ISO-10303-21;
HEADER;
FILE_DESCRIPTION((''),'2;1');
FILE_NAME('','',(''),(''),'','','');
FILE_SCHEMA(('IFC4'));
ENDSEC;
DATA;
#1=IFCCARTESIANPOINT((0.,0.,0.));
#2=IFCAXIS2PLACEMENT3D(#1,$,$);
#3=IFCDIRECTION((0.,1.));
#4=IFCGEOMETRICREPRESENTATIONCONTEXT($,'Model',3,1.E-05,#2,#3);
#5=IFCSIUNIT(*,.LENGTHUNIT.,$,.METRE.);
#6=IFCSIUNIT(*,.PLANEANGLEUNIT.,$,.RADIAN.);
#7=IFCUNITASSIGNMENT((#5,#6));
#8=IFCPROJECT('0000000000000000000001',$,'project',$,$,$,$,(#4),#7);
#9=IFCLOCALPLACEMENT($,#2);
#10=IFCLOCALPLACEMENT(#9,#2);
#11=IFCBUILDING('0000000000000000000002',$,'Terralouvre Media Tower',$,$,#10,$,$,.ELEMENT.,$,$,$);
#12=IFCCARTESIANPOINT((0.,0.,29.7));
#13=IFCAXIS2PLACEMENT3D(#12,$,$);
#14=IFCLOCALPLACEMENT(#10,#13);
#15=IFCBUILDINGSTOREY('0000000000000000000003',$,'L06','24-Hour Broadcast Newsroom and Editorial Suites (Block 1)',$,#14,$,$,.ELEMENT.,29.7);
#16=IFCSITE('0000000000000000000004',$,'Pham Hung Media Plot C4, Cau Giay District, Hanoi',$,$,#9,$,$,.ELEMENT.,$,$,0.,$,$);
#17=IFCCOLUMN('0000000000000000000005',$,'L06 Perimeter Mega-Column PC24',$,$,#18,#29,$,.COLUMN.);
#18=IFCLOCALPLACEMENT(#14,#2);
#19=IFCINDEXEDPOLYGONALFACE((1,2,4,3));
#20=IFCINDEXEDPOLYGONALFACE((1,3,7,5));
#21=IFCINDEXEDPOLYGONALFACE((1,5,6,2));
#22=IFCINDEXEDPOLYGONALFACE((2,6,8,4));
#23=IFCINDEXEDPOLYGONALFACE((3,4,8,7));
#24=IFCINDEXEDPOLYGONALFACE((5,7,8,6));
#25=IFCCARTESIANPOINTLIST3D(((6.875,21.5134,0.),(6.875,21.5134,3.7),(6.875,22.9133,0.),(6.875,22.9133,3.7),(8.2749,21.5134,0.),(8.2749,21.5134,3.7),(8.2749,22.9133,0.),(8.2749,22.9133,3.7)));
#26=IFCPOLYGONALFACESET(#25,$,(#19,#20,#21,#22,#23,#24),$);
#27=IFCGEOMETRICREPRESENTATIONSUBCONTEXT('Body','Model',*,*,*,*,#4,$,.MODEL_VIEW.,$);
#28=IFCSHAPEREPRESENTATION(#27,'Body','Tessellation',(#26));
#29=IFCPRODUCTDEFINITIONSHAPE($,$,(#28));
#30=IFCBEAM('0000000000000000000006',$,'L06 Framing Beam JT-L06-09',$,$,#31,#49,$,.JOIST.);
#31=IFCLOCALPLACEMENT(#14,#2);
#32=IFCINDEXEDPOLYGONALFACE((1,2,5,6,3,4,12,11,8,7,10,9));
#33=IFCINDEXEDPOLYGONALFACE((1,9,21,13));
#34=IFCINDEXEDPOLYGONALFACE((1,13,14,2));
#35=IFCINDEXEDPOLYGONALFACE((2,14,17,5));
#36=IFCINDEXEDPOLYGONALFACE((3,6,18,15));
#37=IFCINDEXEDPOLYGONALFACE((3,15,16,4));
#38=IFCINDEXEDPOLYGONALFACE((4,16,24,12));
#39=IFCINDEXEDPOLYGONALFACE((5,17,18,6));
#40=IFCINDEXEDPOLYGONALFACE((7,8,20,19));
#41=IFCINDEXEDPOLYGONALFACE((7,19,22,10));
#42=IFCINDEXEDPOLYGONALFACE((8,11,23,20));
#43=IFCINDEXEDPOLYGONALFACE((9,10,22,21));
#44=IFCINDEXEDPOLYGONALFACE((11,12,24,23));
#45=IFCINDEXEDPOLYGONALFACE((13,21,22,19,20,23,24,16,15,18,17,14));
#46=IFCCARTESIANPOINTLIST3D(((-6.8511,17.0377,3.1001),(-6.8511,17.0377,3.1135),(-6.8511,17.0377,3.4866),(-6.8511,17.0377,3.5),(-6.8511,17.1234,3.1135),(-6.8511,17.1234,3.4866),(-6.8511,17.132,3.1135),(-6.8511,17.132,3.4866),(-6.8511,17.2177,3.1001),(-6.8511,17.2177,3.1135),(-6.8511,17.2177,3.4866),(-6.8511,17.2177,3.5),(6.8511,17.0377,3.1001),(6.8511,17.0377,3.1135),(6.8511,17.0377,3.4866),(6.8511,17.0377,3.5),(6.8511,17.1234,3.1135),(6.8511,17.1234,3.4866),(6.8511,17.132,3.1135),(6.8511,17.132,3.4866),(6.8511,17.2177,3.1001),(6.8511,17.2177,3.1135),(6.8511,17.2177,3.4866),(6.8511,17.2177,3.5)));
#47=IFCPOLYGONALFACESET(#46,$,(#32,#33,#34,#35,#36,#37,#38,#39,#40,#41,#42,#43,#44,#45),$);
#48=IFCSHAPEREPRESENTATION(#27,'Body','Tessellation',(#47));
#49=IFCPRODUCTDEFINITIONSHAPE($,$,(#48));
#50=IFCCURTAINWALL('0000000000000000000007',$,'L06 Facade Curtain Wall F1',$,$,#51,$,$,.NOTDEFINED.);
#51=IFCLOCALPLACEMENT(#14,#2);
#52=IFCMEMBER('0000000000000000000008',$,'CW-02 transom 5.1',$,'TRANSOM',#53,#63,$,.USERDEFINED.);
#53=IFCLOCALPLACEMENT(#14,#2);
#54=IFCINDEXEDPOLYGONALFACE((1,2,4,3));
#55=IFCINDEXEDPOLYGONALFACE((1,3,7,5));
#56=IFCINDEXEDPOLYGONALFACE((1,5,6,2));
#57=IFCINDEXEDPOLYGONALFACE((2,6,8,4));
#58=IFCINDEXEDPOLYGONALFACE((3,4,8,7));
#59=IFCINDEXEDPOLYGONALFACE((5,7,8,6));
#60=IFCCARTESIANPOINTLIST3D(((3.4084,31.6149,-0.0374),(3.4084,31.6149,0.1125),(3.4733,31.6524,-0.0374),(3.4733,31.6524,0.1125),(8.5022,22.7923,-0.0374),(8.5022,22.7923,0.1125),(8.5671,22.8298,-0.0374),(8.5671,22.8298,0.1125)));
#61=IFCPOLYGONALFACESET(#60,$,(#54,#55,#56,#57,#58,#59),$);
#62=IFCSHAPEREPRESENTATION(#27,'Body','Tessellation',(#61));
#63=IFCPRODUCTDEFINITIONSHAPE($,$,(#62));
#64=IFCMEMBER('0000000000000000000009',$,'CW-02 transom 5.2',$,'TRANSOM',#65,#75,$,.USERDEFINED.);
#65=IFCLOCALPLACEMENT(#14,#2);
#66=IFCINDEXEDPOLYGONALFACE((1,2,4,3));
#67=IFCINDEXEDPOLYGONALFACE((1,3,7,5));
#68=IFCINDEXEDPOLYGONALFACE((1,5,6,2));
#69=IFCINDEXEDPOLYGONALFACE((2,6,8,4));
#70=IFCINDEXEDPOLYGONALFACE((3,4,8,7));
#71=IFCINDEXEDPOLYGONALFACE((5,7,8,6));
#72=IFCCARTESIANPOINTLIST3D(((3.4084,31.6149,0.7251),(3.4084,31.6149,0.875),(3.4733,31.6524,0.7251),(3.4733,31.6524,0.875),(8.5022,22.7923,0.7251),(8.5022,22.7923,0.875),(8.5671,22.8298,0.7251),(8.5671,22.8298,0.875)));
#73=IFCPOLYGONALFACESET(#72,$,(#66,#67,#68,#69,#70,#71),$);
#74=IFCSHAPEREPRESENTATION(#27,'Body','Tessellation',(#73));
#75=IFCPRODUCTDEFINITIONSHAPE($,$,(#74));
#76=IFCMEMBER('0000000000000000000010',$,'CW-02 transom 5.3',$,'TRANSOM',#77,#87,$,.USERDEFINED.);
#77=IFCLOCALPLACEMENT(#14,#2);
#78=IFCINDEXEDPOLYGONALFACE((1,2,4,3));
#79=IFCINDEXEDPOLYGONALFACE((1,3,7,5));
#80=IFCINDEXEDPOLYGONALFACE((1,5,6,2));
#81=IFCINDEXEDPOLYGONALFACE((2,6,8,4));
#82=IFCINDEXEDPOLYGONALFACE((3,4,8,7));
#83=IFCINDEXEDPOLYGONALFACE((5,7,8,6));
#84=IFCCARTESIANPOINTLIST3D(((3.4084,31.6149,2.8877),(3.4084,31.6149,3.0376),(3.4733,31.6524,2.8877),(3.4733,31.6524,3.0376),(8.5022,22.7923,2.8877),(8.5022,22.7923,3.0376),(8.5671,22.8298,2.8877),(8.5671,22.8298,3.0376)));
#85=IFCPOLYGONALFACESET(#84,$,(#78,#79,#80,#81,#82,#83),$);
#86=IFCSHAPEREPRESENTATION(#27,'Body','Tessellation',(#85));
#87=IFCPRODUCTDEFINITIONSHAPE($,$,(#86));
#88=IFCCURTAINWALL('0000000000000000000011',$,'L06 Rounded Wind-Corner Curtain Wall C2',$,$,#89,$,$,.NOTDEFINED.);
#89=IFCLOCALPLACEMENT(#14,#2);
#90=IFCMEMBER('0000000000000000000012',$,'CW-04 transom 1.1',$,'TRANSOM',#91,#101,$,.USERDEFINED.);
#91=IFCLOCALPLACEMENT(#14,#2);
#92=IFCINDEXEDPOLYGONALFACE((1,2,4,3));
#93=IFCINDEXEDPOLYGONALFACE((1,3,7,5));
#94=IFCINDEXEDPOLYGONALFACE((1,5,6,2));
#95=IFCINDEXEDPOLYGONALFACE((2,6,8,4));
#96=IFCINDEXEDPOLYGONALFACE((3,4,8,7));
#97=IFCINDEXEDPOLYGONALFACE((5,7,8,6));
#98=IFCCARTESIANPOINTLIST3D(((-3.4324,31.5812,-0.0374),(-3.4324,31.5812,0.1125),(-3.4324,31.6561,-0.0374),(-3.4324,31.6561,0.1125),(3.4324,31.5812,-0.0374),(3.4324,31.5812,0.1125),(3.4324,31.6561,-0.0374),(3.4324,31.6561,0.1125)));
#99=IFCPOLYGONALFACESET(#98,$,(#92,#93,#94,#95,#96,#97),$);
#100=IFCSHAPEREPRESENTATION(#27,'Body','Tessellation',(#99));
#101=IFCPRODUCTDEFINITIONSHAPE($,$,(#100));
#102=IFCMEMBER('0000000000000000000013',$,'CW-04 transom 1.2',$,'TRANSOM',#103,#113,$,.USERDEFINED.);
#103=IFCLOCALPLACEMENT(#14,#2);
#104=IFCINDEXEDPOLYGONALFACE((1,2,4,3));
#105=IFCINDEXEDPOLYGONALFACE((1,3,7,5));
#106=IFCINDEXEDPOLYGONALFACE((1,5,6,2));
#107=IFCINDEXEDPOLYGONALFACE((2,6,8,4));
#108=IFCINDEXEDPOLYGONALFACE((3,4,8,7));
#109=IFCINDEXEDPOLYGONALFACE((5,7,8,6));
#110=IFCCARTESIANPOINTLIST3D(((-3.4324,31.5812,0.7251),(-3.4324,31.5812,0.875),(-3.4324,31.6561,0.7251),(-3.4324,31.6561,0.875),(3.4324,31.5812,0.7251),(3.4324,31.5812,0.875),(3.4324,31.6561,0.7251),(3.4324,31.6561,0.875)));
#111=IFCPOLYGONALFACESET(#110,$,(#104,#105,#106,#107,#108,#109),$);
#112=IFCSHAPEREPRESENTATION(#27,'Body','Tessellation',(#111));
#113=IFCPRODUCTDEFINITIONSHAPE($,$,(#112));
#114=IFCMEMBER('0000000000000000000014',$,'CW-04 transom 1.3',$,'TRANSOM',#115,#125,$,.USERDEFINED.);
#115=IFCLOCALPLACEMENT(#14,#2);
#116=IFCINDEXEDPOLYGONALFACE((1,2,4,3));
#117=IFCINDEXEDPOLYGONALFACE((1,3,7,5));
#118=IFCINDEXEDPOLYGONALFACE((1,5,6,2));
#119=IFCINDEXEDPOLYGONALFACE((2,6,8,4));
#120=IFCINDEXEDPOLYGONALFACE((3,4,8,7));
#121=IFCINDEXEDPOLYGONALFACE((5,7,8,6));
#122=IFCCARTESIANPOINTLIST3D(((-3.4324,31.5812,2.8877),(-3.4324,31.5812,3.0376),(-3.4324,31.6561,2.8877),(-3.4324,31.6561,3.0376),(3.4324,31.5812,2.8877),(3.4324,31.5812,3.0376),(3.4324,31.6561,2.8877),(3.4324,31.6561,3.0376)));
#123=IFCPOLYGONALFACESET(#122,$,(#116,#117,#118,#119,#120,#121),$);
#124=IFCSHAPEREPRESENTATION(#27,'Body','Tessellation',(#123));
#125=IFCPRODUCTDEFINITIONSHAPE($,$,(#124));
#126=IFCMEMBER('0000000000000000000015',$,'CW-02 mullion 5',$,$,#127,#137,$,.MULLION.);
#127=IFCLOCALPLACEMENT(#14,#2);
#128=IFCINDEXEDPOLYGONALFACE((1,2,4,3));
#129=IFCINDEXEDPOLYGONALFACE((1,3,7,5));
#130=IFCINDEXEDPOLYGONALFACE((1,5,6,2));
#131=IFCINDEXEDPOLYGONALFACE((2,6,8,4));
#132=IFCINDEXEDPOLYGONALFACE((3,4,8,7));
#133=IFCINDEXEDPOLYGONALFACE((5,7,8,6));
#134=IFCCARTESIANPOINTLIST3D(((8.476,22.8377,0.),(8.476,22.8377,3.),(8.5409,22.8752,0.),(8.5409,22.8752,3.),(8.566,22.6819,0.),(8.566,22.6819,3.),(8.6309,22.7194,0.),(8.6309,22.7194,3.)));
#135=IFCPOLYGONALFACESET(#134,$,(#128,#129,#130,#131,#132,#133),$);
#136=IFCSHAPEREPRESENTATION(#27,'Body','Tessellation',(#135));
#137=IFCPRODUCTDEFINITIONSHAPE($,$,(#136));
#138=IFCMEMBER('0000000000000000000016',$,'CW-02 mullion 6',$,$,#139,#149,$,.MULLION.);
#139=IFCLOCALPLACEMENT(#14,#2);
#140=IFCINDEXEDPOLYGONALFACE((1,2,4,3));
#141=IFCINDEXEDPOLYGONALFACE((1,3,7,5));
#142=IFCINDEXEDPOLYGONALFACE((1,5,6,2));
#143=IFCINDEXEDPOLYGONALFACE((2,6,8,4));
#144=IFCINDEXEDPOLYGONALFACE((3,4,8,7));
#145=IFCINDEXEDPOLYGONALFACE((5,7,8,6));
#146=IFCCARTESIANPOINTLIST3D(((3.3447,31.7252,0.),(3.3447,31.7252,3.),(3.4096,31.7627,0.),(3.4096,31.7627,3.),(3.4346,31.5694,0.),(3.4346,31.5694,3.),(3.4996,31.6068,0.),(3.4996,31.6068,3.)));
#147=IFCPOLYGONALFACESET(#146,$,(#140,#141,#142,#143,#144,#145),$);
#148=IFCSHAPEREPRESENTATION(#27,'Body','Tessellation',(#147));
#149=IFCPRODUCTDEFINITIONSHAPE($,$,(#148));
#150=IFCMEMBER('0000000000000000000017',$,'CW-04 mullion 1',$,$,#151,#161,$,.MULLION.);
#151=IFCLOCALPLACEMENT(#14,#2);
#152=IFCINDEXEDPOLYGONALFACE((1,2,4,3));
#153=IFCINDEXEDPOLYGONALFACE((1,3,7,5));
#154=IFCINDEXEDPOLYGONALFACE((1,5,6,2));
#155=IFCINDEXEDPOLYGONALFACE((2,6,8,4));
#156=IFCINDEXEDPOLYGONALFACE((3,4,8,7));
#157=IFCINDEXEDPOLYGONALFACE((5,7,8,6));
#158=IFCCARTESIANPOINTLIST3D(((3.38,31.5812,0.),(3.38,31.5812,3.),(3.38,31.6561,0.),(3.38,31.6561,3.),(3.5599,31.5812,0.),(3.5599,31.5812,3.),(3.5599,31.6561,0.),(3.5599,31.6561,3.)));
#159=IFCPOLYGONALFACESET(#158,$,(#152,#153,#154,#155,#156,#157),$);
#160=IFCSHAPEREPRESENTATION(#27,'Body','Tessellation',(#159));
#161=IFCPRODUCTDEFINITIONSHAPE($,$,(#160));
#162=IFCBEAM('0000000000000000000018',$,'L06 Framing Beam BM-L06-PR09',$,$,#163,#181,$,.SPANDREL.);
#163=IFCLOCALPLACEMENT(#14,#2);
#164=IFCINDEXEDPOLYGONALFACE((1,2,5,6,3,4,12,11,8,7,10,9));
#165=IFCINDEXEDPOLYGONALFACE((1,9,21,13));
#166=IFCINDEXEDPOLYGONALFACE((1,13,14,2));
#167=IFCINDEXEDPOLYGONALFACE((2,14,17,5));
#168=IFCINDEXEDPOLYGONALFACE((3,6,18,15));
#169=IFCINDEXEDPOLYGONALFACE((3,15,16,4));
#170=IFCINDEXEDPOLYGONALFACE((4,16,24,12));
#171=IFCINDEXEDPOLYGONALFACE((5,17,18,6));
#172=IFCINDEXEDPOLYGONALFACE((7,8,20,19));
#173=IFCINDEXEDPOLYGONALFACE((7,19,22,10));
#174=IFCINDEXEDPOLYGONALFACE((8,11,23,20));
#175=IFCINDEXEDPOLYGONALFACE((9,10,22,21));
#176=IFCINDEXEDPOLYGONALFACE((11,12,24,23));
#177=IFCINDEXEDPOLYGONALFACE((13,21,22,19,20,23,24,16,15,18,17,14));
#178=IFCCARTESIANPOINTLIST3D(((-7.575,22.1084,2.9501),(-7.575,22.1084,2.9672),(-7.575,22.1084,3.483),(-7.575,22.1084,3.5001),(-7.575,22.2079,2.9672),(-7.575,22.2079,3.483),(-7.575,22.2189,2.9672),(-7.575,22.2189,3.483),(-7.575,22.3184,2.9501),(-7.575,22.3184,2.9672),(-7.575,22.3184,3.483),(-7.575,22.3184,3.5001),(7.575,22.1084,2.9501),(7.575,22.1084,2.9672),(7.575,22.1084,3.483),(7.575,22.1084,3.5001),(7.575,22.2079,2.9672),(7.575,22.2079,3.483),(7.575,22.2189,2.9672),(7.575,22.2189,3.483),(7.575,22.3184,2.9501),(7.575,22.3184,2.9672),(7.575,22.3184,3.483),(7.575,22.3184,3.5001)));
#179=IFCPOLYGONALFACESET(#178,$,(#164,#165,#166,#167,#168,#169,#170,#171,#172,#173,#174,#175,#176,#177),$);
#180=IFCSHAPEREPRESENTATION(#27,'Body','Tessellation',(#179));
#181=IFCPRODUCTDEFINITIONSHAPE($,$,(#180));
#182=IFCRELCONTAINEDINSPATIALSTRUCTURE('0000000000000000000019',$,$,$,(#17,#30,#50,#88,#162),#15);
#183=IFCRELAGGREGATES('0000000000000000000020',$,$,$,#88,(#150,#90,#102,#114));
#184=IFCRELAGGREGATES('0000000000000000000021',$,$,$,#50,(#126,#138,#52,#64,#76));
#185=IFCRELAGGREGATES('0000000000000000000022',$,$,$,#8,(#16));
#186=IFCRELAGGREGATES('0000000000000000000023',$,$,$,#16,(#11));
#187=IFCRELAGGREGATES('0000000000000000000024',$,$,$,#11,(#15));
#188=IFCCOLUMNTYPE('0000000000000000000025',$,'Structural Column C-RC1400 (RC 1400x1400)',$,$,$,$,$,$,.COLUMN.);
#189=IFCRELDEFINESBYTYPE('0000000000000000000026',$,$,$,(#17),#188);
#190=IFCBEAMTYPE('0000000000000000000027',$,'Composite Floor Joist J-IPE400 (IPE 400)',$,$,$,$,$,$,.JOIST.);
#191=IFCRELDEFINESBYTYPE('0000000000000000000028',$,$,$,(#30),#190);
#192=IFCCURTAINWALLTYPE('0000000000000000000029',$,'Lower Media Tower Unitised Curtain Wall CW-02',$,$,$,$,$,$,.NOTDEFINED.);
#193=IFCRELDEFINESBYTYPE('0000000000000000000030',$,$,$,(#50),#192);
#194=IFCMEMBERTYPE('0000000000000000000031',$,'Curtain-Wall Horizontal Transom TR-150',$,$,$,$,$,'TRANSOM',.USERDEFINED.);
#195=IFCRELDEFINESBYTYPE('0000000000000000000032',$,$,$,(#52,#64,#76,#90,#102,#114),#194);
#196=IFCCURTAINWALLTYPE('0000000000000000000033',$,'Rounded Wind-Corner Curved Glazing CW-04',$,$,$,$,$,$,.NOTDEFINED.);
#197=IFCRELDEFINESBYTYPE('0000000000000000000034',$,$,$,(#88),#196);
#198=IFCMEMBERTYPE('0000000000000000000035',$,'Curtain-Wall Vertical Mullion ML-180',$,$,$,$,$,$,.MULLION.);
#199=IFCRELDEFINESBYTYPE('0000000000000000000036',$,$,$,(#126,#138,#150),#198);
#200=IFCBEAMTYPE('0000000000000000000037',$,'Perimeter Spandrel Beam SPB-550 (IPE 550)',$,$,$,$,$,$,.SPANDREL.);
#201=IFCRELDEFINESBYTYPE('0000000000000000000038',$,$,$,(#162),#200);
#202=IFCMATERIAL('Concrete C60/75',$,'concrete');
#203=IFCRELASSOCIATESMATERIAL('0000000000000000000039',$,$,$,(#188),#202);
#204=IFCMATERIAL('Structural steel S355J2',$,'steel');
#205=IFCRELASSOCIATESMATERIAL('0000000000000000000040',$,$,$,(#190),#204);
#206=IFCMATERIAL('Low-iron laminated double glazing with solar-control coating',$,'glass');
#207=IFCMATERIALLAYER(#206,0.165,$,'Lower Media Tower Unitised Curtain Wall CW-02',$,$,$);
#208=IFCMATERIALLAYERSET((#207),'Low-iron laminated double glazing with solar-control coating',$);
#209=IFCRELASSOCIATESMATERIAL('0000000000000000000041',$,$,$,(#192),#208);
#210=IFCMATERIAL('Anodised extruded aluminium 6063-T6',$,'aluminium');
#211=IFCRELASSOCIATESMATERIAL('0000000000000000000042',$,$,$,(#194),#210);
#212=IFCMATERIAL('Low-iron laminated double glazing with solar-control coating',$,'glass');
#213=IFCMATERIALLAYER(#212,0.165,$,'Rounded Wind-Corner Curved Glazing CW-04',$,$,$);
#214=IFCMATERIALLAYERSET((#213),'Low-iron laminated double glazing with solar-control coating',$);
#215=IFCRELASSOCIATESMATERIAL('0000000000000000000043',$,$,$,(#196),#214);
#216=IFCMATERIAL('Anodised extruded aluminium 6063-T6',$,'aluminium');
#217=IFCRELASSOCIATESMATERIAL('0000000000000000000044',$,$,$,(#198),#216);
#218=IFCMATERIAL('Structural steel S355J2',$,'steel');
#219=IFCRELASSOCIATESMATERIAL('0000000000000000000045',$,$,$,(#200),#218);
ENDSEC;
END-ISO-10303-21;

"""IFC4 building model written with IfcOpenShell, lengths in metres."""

from ifc_helpers import new_model, si_unit, direction, frame, origin, origin_2d, place, context, subcontext, project, spatial, rectangle, i_section, extrude, material, layer, layer_set, material_profile, profile_set, type_object, element, aggregate, save


model = new_model("IFC4")

# Units and contexts
model_context = context("Model", 3, precision=1e-05, world=origin(), true_north=direction((0.0, 1.0)))
body_context = subcontext(model_context, "Body", "Model", "MODEL_VIEW")
ifc_project = project(units=[si_unit("LENGTHUNIT", "METRE"), si_unit("PLANEANGLEUNIT", "RADIAN")], contexts=[model_context])

# Site, building, storey
site_placement = place(None, origin())
site = spatial("IfcSite", under=ifc_project, at=site_placement, Name="Pham Hung Media Plot C4, Cau Giay District, Hanoi", CompositionType="ELEMENT", RefElevation=0.0)
building_placement = place(site_placement, origin())
building = spatial("IfcBuilding", under=site, at=building_placement, Name="Terralouvre Media Tower", CompositionType="ELEMENT")
storey_placement = place(building_placement, frame((0.0, 0.0, 29.7)))
storey = spatial("IfcBuildingStorey", under=building, at=storey_placement, Name="L06", Description="24-Hour Broadcast Newsroom and Editorial Suites (Block 1)", CompositionType="ELEMENT", Elevation=29.7)

# Column
ifc_material_1 = material(Name="Concrete C60/75", Category="concrete")
ifc_material_profile_1 = material_profile(ifc_material_1, rectangle(XDim=1.3999, YDim=1.3999, at=origin_2d()), Name="RC 1400x1400")
ifc_profile_set_1 = profile_set([ifc_material_profile_1], Name="Concrete C60/75")
column_type = type_object("IfcColumnType", Name="Structural Column C-RC1400 (RC 1400x1400)", PredefinedType="COLUMN", material=ifc_profile_set_1)
column_placement = place(storey_placement, frame((7.575, 22.2134, 0.0), z_axis=(0.0, 0.0, 1.0), x_axis=(1.0, 0.0, 0.0)))
element("IfcColumn", 1, at=column_placement, inside=storey, type_object=column_type, Name="L06 Perimeter Mega-Column PC24", PredefinedType="COLUMN", context=body_context, shape_type="SweptSolid", body=[
    extrude(rectangle(XDim=1.3999, YDim=1.3999, at=origin_2d()), origin(), (0.0, 0.0, 1.0), 3.7),
])

# Beam
ifc_material_2 = material(Name="Structural steel S355J2", Category="steel")
ifc_material_profile_2 = material_profile(ifc_material_2, i_section(OverallWidth=0.1799, OverallDepth=0.3999, WebThickness=0.0085, FlangeThickness=0.0134, at=origin_2d()), Name="IPE 400")
ifc_profile_set_2 = profile_set([ifc_material_profile_2], Name="Structural steel S355J2")
beam_type_1 = type_object("IfcBeamType", Name="Composite Floor Joist J-IPE400 (IPE 400)", PredefinedType="JOIST", material=ifc_profile_set_2)
beam_1_placement = place(storey_placement, frame((6.8511, 17.1277, 3.3), z_axis=(-1.0, 0.0, 0.0), x_axis=(0.0, -1.0, 0.0)))
element("IfcBeam", 2, at=beam_1_placement, inside=storey, type_object=beam_type_1, Name="L06 Framing Beam JT-L06-09", PredefinedType="JOIST", context=body_context, shape_type="SweptSolid", body=[
    extrude(i_section(OverallWidth=0.1799, OverallDepth=0.3999, WebThickness=0.0085, FlangeThickness=0.0134, at=origin_2d()), origin(), (0.0, 0.0, 1.0), 13.7021),
])

# Curtain walls, members
ifc_material_3 = material(Name="Low-iron laminated double glazing with solar-control coating", Category="glass")
ifc_layer_1 = layer(ifc_material_3, 0.165, Name="Lower Media Tower Unitised Curtain Wall CW-02")
ifc_layer_set_1 = layer_set([ifc_layer_1], Name="Low-iron laminated double glazing with solar-control coating")
curtain_wall_type_1 = type_object("IfcCurtainWallType", Name="Lower Media Tower Unitised Curtain Wall CW-02", PredefinedType="NOTDEFINED", material=ifc_layer_set_1)
curtain_wall_1_placement = place(storey_placement, origin())
curtain_wall_1 = element("IfcCurtainWall", 3, at=curtain_wall_1_placement, inside=storey, type_object=curtain_wall_type_1, Name="L06 Facade Curtain Wall F1", PredefinedType="NOTDEFINED")
ifc_material_4 = material(Name="Anodised extruded aluminium 6063-T6", Category="aluminium")
ifc_material_profile_3 = material_profile(ifc_material_4, rectangle(XDim=0.075, YDim=0.1499, at=origin_2d()), Name="ALU 75x150")
ifc_profile_set_3 = profile_set([ifc_material_profile_3], Name="Anodised extruded aluminium 6063-T6")
member_type_1 = type_object("IfcMemberType", Name="Curtain-Wall Horizontal Transom TR-150", ElementType="TRANSOM", PredefinedType="USERDEFINED", material=ifc_profile_set_3)
member_1_placement = place(storey_placement, frame((8.5347, 22.811, 0.0376), z_axis=(-0.500005, 0.866022, 0.0), x_axis=(-0.866022, -0.500005, 0.0)))
member_1 = element("IfcMember", 4, at=member_1_placement, type_object=member_type_1, Name="CW-02 transom 5.1", ObjectType="TRANSOM", PredefinedType="USERDEFINED", context=body_context, shape_type="SweptSolid", body=[
    extrude(rectangle(XDim=0.075, YDim=0.1499, at=origin_2d()), origin(), (0.0, 0.0, 1.0), 10.1875),
])
member_2_placement = place(storey_placement, frame((8.5347, 22.811, 0.8), z_axis=(-0.500005, 0.866022, 0.0), x_axis=(-0.866022, -0.500005, 0.0)))
member_2 = element("IfcMember", 5, at=member_2_placement, type_object=member_type_1, Name="CW-02 transom 5.2", ObjectType="TRANSOM", PredefinedType="USERDEFINED", context=body_context, shape_type="SweptSolid", body=[
    extrude(rectangle(XDim=0.075, YDim=0.1499, at=origin_2d()), origin(), (0.0, 0.0, 1.0), 10.1875),
])
member_3_placement = place(storey_placement, frame((8.5347, 22.811, 2.9626), z_axis=(-0.500005, 0.866022, 0.0), x_axis=(-0.866022, -0.500005, 0.0)))
member_3 = element("IfcMember", 6, at=member_3_placement, type_object=member_type_1, Name="CW-02 transom 5.3", ObjectType="TRANSOM", PredefinedType="USERDEFINED", context=body_context, shape_type="SweptSolid", body=[
    extrude(rectangle(XDim=0.075, YDim=0.1499, at=origin_2d()), origin(), (0.0, 0.0, 1.0), 10.1875),
])
ifc_material_5 = material(Name="Low-iron laminated double glazing with solar-control coating", Category="glass")
ifc_layer_2 = layer(ifc_material_5, 0.165, Name="Rounded Wind-Corner Curved Glazing CW-04")
ifc_layer_set_2 = layer_set([ifc_layer_2], Name="Low-iron laminated double glazing with solar-control coating")
curtain_wall_type_2 = type_object("IfcCurtainWallType", Name="Rounded Wind-Corner Curved Glazing CW-04", PredefinedType="NOTDEFINED", material=ifc_layer_set_2)
curtain_wall_2_placement = place(storey_placement, origin())
curtain_wall_2 = element("IfcCurtainWall", 7, at=curtain_wall_2_placement, inside=storey, type_object=curtain_wall_type_2, Name="L06 Rounded Wind-Corner Curtain Wall C2", PredefinedType="NOTDEFINED")
member_4_placement = place(storey_placement, frame((3.4324, 31.6187, 0.0376), z_axis=(-1.0, 0.0, 0.0), x_axis=(0.0, -1.0, 0.0)))
member_4 = element("IfcMember", 8, at=member_4_placement, type_object=member_type_1, Name="CW-04 transom 1.1", ObjectType="TRANSOM", PredefinedType="USERDEFINED", context=body_context, shape_type="SweptSolid", body=[
    extrude(rectangle(XDim=0.075, YDim=0.1499, at=origin_2d()), origin(), (0.0, 0.0, 1.0), 6.8647),
])
member_5_placement = place(storey_placement, frame((3.4324, 31.6187, 0.8), z_axis=(-1.0, 0.0, 0.0), x_axis=(0.0, -1.0, 0.0)))
member_5 = element("IfcMember", 9, at=member_5_placement, type_object=member_type_1, Name="CW-04 transom 1.2", ObjectType="TRANSOM", PredefinedType="USERDEFINED", context=body_context, shape_type="SweptSolid", body=[
    extrude(rectangle(XDim=0.075, YDim=0.1499, at=origin_2d()), origin(), (0.0, 0.0, 1.0), 6.8647),
])
member_6_placement = place(storey_placement, frame((3.4324, 31.6187, 2.9626), z_axis=(-1.0, 0.0, 0.0), x_axis=(0.0, -1.0, 0.0)))
member_6 = element("IfcMember", 10, at=member_6_placement, type_object=member_type_1, Name="CW-04 transom 1.3", ObjectType="TRANSOM", PredefinedType="USERDEFINED", context=body_context, shape_type="SweptSolid", body=[
    extrude(rectangle(XDim=0.075, YDim=0.1499, at=origin_2d()), origin(), (0.0, 0.0, 1.0), 6.8647),
])

# Members
ifc_material_6 = material(Name="Anodised extruded aluminium 6063-T6", Category="aluminium")
ifc_material_profile_4 = material_profile(ifc_material_6, rectangle(XDim=0.075, YDim=0.1799, at=origin_2d()), Name="ALU 75x180")
ifc_profile_set_4 = profile_set([ifc_material_profile_4], Name="Anodised extruded aluminium 6063-T6")
member_type_2 = type_object("IfcMemberType", Name="Curtain-Wall Vertical Mullion ML-180", PredefinedType="MULLION", material=ifc_profile_set_4)
member_7_placement = place(storey_placement, frame((8.5535, 22.7786, 0.0), z_axis=(0.0, 0.0, 1.0), x_axis=(-0.866025, -0.5, 0.0)))
member_7 = element("IfcMember", 11, at=member_7_placement, type_object=member_type_2, Name="CW-02 mullion 5", PredefinedType="MULLION", context=body_context, shape_type="SweptSolid", body=[
    extrude(rectangle(XDim=0.075, YDim=0.1799, at=origin_2d()), origin(), (0.0, 0.0, 1.0), 3.0),
])
member_8_placement = place(storey_placement, frame((3.4221, 31.666, 0.0), z_axis=(0.0, 0.0, 1.0), x_axis=(-0.866025, -0.5, 0.0)))
member_8 = element("IfcMember", 12, at=member_8_placement, type_object=member_type_2, Name="CW-02 mullion 6", PredefinedType="MULLION", context=body_context, shape_type="SweptSolid", body=[
    extrude(rectangle(XDim=0.075, YDim=0.1799, at=origin_2d()), origin(), (0.0, 0.0, 1.0), 3.0),
])
member_9_placement = place(storey_placement, frame((3.47, 31.6187, 0.0), z_axis=(0.0, 0.0, 1.0), x_axis=(0.0, -1.0, 0.0)))
member_9 = element("IfcMember", 13, at=member_9_placement, type_object=member_type_2, Name="CW-04 mullion 1", PredefinedType="MULLION", context=body_context, shape_type="SweptSolid", body=[
    extrude(rectangle(XDim=0.075, YDim=0.1799, at=origin_2d()), origin(), (0.0, 0.0, 1.0), 3.0),
])
aggregate(curtain_wall_2, [member_9, member_4, member_5, member_6])

# Beam
ifc_material_7 = material(Name="Structural steel S355J2", Category="steel")
ifc_material_profile_5 = material_profile(ifc_material_7, i_section(OverallWidth=0.21, OverallDepth=0.55, WebThickness=0.011, FlangeThickness=0.0171, at=origin_2d()), Name="IPE 550")
ifc_profile_set_5 = profile_set([ifc_material_profile_5], Name="Structural steel S355J2")
beam_type_2 = type_object("IfcBeamType", Name="Perimeter Spandrel Beam SPB-550 (IPE 550)", PredefinedType="SPANDREL", material=ifc_profile_set_5)
beam_2_placement = place(storey_placement, frame((7.575, 22.2134, 3.2251), z_axis=(-1.0, 0.0, 0.0), x_axis=(0.0, -1.0, 0.0)))
element("IfcBeam", 14, at=beam_2_placement, inside=storey, type_object=beam_type_2, Name="L06 Framing Beam BM-L06-PR09", PredefinedType="SPANDREL", context=body_context, shape_type="SweptSolid", body=[
    extrude(i_section(OverallWidth=0.21, OverallDepth=0.55, WebThickness=0.011, FlangeThickness=0.0171, at=origin_2d()), origin(), (0.0, 0.0, 1.0), 15.1499),
])

aggregate(curtain_wall_1, [member_7, member_8, member_1, member_2, member_3])

save(model, "model.ifc")
